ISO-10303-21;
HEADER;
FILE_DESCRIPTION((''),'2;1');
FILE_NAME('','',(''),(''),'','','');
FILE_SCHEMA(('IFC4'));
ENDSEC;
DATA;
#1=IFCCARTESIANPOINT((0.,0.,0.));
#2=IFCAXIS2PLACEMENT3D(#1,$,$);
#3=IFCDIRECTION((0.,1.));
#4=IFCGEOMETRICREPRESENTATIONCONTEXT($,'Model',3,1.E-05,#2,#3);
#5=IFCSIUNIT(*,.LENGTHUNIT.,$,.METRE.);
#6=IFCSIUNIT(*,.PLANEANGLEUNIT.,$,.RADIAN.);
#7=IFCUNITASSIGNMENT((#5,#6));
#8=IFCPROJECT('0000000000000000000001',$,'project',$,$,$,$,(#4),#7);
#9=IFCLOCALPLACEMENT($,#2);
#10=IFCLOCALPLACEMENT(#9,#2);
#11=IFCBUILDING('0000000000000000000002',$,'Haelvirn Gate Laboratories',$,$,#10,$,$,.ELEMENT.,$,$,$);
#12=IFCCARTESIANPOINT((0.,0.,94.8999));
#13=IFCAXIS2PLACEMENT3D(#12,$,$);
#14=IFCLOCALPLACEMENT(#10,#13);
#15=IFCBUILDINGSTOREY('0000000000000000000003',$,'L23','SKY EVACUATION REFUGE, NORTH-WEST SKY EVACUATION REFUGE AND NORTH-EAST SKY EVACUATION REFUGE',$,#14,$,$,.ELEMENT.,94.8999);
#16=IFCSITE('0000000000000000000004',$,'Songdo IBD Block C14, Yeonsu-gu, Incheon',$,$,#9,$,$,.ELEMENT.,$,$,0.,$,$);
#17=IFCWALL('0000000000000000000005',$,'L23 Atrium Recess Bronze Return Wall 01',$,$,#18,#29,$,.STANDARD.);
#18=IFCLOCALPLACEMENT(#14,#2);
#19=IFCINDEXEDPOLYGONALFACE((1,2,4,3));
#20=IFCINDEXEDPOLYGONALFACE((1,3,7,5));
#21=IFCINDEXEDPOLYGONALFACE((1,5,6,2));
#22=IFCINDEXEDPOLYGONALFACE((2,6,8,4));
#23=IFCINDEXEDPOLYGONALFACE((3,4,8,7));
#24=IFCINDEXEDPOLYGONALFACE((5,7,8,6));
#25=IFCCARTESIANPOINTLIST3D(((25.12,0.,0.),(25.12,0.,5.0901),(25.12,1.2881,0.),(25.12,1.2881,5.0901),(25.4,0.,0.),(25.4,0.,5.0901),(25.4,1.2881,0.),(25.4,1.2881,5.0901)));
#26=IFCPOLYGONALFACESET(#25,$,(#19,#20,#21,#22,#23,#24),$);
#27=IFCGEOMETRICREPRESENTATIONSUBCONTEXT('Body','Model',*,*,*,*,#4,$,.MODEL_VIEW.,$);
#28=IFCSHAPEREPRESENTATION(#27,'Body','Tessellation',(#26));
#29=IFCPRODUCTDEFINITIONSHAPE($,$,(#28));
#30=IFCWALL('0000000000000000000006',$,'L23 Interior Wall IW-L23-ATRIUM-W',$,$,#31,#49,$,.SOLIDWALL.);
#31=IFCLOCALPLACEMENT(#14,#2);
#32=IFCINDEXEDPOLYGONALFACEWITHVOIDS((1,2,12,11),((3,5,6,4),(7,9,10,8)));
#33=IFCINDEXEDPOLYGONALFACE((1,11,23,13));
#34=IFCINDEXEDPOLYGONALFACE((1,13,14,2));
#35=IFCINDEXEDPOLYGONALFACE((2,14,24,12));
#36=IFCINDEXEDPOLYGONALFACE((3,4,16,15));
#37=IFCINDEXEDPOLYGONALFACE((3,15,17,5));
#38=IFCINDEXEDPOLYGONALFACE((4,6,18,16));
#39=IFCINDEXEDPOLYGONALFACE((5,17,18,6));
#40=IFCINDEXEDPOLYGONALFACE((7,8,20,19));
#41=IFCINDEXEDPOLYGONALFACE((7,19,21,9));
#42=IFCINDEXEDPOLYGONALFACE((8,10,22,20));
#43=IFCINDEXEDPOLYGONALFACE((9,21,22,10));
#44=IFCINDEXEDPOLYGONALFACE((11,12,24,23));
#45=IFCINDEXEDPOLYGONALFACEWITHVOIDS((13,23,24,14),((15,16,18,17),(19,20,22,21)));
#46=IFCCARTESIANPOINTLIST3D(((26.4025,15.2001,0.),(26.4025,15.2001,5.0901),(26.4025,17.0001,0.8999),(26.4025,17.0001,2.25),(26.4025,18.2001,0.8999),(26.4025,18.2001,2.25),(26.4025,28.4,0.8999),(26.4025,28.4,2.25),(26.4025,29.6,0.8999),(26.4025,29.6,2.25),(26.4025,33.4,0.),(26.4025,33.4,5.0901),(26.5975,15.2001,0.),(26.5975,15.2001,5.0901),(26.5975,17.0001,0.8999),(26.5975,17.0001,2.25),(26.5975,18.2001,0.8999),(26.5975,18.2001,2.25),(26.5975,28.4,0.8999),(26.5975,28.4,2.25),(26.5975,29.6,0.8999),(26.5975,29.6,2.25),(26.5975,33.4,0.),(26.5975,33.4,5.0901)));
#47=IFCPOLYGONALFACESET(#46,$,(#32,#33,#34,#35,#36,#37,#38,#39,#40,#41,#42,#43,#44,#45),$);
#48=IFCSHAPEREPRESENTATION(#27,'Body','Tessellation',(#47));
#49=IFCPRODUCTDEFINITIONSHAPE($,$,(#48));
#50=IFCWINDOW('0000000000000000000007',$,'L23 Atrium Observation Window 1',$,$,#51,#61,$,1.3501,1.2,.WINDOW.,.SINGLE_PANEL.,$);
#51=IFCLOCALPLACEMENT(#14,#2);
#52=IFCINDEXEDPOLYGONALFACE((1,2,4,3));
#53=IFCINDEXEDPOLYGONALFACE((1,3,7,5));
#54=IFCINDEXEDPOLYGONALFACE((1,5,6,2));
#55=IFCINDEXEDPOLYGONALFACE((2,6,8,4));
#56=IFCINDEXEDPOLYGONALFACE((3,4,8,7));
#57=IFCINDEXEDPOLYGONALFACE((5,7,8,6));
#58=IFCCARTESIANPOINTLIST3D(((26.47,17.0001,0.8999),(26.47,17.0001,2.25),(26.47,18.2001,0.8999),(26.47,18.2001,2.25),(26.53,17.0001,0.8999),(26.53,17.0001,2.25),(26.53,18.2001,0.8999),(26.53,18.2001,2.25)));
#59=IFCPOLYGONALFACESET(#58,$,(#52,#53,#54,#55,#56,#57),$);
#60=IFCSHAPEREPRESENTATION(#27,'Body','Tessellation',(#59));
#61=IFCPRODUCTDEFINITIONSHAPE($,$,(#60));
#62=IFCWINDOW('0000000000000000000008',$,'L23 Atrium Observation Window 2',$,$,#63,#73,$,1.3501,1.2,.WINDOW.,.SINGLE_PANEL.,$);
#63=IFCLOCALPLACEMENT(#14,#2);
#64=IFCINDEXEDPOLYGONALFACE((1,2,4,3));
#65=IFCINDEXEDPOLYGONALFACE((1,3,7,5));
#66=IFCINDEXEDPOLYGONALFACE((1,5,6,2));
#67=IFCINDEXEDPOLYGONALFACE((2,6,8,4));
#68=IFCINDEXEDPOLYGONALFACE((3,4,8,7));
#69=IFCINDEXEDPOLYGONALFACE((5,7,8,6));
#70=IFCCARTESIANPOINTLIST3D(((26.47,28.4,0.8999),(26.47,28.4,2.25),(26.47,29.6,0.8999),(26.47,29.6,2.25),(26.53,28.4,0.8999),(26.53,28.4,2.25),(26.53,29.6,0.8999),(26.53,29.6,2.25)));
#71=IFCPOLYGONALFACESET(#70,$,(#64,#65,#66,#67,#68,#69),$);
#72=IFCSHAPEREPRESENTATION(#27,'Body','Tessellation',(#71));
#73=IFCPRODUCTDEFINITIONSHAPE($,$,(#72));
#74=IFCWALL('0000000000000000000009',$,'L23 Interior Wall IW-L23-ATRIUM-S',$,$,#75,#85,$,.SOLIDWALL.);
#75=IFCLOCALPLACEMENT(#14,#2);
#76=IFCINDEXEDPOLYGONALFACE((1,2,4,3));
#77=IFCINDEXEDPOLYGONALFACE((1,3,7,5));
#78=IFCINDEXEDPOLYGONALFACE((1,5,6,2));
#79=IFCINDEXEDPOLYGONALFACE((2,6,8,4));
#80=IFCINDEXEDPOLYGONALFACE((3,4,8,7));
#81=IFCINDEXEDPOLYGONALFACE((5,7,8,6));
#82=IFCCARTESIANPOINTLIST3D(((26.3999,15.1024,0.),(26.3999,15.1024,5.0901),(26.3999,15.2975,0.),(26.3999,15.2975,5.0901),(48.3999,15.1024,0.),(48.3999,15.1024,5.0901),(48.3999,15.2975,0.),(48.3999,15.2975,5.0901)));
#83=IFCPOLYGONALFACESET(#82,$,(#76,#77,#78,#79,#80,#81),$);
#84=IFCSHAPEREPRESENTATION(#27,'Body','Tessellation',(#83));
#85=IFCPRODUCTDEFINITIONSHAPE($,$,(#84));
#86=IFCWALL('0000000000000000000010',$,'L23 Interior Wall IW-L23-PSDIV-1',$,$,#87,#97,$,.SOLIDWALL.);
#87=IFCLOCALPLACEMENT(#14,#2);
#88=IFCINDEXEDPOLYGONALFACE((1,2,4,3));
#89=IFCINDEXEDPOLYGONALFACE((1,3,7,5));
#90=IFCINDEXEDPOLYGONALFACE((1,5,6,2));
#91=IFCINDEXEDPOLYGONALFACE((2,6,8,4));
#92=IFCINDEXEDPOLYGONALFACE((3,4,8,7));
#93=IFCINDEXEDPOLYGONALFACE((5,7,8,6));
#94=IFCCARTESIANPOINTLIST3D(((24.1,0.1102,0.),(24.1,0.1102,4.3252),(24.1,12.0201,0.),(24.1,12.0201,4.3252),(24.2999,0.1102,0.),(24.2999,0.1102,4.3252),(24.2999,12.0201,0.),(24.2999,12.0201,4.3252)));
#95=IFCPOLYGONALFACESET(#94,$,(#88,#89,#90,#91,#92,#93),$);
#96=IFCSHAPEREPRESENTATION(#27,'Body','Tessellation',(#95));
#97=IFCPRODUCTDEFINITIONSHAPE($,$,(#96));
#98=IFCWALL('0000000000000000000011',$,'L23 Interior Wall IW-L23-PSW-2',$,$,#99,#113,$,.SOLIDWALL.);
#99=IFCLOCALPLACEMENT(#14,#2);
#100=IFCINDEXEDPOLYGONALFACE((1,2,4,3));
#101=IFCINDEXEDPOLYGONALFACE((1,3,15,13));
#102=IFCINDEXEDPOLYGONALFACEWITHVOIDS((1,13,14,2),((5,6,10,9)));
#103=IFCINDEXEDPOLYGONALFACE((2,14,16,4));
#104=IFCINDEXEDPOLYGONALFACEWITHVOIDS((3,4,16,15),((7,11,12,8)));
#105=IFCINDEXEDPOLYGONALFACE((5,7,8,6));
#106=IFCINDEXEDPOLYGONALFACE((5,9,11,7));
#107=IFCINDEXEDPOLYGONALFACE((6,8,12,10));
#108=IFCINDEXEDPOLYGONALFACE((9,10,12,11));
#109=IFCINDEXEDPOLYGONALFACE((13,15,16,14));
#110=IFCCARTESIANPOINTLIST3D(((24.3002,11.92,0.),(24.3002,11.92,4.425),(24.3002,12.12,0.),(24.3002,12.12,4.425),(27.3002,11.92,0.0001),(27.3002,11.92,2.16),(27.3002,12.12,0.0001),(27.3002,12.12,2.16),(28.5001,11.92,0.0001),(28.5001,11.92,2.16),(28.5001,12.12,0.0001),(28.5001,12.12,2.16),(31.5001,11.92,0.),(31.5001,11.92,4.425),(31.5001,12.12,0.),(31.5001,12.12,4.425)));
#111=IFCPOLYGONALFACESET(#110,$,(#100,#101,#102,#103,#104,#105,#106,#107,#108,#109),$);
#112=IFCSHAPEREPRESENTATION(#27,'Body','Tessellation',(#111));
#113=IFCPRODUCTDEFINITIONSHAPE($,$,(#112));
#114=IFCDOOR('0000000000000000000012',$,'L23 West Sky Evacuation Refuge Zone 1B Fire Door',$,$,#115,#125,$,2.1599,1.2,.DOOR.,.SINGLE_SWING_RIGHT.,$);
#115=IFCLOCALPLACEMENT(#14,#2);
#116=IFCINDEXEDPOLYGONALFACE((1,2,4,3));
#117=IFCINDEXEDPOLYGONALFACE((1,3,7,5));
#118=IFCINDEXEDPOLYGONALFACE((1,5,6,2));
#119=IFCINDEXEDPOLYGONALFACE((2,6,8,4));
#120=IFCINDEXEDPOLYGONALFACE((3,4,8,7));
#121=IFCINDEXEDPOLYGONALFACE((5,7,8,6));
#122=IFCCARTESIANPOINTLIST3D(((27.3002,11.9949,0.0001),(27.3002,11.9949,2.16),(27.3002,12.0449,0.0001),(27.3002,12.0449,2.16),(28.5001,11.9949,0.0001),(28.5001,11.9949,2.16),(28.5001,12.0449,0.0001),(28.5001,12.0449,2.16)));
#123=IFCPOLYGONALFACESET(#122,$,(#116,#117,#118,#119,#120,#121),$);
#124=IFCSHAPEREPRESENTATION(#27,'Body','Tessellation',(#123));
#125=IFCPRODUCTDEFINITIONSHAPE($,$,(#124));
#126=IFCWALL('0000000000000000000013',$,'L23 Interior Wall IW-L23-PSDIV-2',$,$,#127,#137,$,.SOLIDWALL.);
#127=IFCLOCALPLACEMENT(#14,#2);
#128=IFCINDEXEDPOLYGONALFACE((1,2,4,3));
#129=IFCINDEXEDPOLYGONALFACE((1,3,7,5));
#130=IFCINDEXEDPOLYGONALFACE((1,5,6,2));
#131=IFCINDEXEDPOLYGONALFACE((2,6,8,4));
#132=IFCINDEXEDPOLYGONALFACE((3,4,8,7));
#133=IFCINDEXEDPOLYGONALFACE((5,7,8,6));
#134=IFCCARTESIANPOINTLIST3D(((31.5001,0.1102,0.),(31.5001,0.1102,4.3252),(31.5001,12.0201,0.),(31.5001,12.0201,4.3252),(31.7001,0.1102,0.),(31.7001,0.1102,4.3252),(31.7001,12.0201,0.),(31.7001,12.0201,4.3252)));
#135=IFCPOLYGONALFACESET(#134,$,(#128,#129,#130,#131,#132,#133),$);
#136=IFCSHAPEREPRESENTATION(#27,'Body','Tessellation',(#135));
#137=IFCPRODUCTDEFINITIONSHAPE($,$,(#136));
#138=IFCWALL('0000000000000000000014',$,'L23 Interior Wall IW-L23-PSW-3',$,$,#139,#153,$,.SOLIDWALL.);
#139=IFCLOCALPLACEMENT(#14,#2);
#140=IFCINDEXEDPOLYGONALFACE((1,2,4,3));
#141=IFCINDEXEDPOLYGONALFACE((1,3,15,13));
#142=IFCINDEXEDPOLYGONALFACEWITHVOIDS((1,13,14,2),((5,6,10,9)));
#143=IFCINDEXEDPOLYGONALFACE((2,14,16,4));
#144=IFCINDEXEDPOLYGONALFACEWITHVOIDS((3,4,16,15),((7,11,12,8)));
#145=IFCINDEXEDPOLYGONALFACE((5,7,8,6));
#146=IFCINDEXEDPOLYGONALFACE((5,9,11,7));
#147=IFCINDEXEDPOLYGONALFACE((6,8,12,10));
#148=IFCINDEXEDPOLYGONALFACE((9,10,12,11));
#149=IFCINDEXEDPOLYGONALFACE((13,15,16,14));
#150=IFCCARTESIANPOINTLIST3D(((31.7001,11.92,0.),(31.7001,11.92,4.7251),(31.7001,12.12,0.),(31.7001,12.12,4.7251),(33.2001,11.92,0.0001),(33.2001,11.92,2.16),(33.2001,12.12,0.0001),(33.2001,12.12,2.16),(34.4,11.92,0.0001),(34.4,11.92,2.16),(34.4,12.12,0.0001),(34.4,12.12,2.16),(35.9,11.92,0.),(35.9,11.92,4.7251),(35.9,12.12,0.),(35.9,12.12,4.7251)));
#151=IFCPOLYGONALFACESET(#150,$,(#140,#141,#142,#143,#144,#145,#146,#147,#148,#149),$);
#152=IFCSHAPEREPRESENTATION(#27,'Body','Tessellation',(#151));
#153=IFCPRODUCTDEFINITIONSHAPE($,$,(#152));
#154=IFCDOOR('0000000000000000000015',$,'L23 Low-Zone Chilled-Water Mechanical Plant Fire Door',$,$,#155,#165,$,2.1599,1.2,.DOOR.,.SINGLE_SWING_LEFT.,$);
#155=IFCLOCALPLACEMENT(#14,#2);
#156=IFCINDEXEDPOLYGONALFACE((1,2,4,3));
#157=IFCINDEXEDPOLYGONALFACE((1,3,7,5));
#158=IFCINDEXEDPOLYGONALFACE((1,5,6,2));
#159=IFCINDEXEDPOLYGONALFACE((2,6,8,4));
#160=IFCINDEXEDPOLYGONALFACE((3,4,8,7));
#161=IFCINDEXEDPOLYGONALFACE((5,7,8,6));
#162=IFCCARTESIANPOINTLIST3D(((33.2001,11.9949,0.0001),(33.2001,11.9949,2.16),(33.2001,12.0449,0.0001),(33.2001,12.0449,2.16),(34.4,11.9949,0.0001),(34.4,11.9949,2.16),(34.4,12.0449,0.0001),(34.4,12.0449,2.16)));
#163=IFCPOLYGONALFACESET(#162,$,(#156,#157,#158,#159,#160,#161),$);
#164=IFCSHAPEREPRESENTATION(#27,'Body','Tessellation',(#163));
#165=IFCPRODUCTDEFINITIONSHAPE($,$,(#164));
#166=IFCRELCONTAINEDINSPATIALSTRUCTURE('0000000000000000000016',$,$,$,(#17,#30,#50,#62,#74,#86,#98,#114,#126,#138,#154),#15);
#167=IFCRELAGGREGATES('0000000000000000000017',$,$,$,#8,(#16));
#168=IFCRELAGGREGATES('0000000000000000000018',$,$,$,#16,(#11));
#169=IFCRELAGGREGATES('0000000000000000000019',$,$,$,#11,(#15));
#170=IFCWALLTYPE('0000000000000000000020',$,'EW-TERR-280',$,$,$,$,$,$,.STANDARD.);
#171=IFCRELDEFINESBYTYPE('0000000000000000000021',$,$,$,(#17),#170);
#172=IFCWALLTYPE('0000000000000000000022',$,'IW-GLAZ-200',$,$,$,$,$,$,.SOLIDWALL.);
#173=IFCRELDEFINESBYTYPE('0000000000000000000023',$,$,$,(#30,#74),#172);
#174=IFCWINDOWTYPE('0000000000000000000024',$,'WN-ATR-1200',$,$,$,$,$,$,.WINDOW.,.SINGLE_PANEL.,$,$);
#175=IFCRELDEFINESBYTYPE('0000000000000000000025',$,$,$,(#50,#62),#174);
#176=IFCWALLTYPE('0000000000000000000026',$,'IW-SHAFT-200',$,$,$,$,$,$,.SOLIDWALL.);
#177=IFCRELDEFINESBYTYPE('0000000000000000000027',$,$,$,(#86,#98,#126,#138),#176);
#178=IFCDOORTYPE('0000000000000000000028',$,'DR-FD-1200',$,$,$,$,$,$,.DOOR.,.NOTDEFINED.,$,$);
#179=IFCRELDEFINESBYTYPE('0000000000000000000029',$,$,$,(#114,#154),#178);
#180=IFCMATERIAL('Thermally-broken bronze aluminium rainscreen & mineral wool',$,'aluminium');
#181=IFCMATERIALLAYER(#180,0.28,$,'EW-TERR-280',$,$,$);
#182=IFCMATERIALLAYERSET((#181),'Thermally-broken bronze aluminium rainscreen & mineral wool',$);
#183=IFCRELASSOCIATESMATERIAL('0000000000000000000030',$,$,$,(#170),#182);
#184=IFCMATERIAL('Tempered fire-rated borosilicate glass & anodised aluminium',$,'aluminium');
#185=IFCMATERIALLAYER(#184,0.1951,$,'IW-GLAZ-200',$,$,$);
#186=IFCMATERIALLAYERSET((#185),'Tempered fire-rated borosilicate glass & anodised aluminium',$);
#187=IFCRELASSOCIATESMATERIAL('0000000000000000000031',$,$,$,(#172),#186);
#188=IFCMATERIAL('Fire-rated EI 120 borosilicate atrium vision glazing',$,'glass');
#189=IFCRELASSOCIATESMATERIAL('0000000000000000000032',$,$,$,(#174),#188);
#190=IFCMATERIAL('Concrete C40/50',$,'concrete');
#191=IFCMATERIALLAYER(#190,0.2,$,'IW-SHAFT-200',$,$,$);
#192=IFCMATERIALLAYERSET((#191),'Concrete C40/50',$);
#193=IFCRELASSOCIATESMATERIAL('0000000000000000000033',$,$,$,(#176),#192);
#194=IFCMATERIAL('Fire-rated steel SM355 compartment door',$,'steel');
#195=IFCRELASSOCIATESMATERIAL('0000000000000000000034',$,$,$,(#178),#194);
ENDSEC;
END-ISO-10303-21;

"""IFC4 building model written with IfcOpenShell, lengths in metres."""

from ifc_helpers import new_model, si_unit, direction, frame, frame_2d, origin, place, context, subcontext, project, spatial, rectangle, extrude, source, transform, mapped, material, layer, layer_set, type_object, type_shapes, element, fill, save


model = new_model("IFC4")

# Units and contexts
model_context = context("Model", 3, precision=1e-05, world=origin(), true_north=direction((0.0, 1.0)))
body_context = subcontext(model_context, "Body", "Model", "MODEL_VIEW")
ifc_project = project(units=[si_unit("LENGTHUNIT", "METRE"), si_unit("PLANEANGLEUNIT", "RADIAN")], contexts=[model_context])

# Site, building, storey
site_placement = place(None, origin())
site = spatial("IfcSite", under=ifc_project, at=site_placement, Name="Songdo IBD Block C14, Yeonsu-gu, Incheon", CompositionType="ELEMENT", RefElevation=0.0)
building_placement = place(site_placement, origin())
building = spatial("IfcBuilding", under=site, at=building_placement, Name="Haelvirn Gate Laboratories", CompositionType="ELEMENT")
storey_placement = place(building_placement, frame((0.0, 0.0, 94.8999)))
storey = spatial("IfcBuildingStorey", under=building, at=storey_placement, Name="L23", Description="SKY EVACUATION REFUGE, NORTH-WEST SKY EVACUATION REFUGE AND NORTH-EAST SKY EVACUATION REFUGE", CompositionType="ELEMENT", Elevation=94.8999)

# Wall
ifc_material_1 = material(Name="Thermally-broken bronze aluminium rainscreen & mineral wool", Category="aluminium")
ifc_layer_1 = layer(ifc_material_1, 0.28, Name="EW-TERR-280")
ifc_layer_set_1 = layer_set([ifc_layer_1], Name="Thermally-broken bronze aluminium rainscreen & mineral wool")
wall_type_1 = type_object("IfcWallType", Name="EW-TERR-280", PredefinedType="STANDARD", material=ifc_layer_set_1)
wall_1_placement = place(storey_placement, frame((25.26, 0.0, 0.0), z_axis=(0.0, 0.0, 1.0), x_axis=(0.0, 1.0, 0.0)))
element("IfcWall", 1, at=wall_1_placement, inside=storey, type_object=wall_type_1, Name="L23 Atrium Recess Bronze Return Wall 01", PredefinedType="STANDARD", context=body_context, shape_type="SweptSolid", body=[
    extrude(rectangle(XDim=1.2881, YDim=0.28, at=frame_2d((0.644, 0.0))), origin(), (0.0, 0.0, 1.0), 5.0901),
])

# Wall, openings, windows
ifc_material_2 = material(Name="Tempered fire-rated borosilicate glass & anodised aluminium", Category="aluminium")
ifc_layer_2 = layer(ifc_material_2, 0.1951, Name="IW-GLAZ-200")
ifc_layer_set_2 = layer_set([ifc_layer_2], Name="Tempered fire-rated borosilicate glass & anodised aluminium")
wall_type_2 = type_object("IfcWallType", Name="IW-GLAZ-200", PredefinedType="SOLIDWALL", material=ifc_layer_set_2)
wall_2_placement = place(storey_placement, frame((26.5, 15.2, 0.0), z_axis=(0.0, 0.0, 1.0), x_axis=(0.0, 1.0, 0.0)))
wall_2 = element("IfcWall", 2, at=wall_2_placement, inside=storey, type_object=wall_type_2, Name="L23 Interior Wall IW-L23-ATRIUM-W", PredefinedType="SOLIDWALL", context=body_context, shape_type="SweptSolid", body=[
    extrude(rectangle(XDim=18.2, YDim=0.1951, at=frame_2d((9.1001, 0.0))), origin(), (0.0, 0.0, 1.0), 5.0901),
])
opening_1_placement = place(wall_2_placement, frame((1.8, 0.0, 0.8999)))
opening_1 = element("IfcOpeningElement", 3, at=opening_1_placement, cuts=wall_2, PredefinedType="OPENING", context=body_context, shape_type="SweptSolid", body=[
    extrude(rectangle(XDim=1.2, YDim=1.3501, at=frame_2d((0.6001, 0.675))), frame((0.0, 0.1074, 0.0), z_axis=(0.0, -1.0, 0.0), x_axis=(1.0, 0.0, 0.0)), (0.0, 0.0, 1.0), 0.2151),
])
opening_2_placement = place(wall_2_placement, frame((13.2, 0.0, 0.8999)))
opening_2 = element("IfcOpeningElement", 4, at=opening_2_placement, cuts=wall_2, PredefinedType="OPENING", context=body_context, shape_type="SweptSolid", body=[
    extrude(rectangle(XDim=1.2, YDim=1.3501, at=frame_2d((0.6001, 0.675))), frame((0.0, 0.1074, 0.0), z_axis=(0.0, -1.0, 0.0), x_axis=(1.0, 0.0, 0.0)), (0.0, 0.0, 1.0), 0.2151),
])
ifc_material_3 = material(Name="Fire-rated EI 120 borosilicate atrium vision glazing", Category="glass")
window_type = type_object("IfcWindowType", Name="WN-ATR-1200", PartitioningType="SINGLE_PANEL", PredefinedType="WINDOW", material=ifc_material_3)
shared_shape_1 = source(origin(), body_context, "Body", "SweptSolid", [
    extrude(rectangle(XDim=1.2, YDim=1.3501, at=frame_2d((0.6001, 0.675))), frame((0.0, 0.03, 0.0), z_axis=(0.0, -1.0, 0.0), x_axis=(1.0, 0.0, 0.0)), (0.0, 0.0, 1.0), 0.0601),
])
type_shapes(window_type, [shared_shape_1])
window_1_placement = place(opening_1_placement, origin())
window_1 = element("IfcWindow", 5, at=window_1_placement, inside=storey, type_object=window_type, Name="L23 Atrium Observation Window 1", OverallHeight=1.3501, OverallWidth=1.2, PartitioningType="SINGLE_PANEL", PredefinedType="WINDOW", context=body_context, shape_type="MappedRepresentation", body=[
    mapped(shared_shape_1, transform((0.0, 0.0, 0.0), scale=1.0)),
])
fill(opening_1, window_1)
window_2_placement = place(opening_2_placement, origin())
window_2 = element("IfcWindow", 6, at=window_2_placement, inside=storey, type_object=window_type, Name="L23 Atrium Observation Window 2", OverallHeight=1.3501, OverallWidth=1.2, PartitioningType="SINGLE_PANEL", PredefinedType="WINDOW", context=body_context, shape_type="MappedRepresentation", body=[
    mapped(shared_shape_1, transform((0.0, 0.0, 0.0), scale=1.0)),
])
fill(opening_2, window_2)

# Walls
wall_3_placement = place(storey_placement, frame((26.3999, 15.2, 0.0), z_axis=(0.0, 0.0, 1.0), x_axis=(1.0, 0.0, 0.0)))
element("IfcWall", 7, at=wall_3_placement, inside=storey, type_object=wall_type_2, Name="L23 Interior Wall IW-L23-ATRIUM-S", PredefinedType="SOLIDWALL", context=body_context, shape_type="SweptSolid", body=[
    extrude(rectangle(XDim=22.0, YDim=0.1951, at=frame_2d((11.0, 0.0))), origin(), (0.0, 0.0, 1.0), 5.0901),
])
ifc_material_4 = material(Name="Concrete C40/50", Category="concrete")
ifc_layer_3 = layer(ifc_material_4, 0.2, Name="IW-SHAFT-200")
ifc_layer_set_3 = layer_set([ifc_layer_3], Name="Concrete C40/50")
wall_type_3 = type_object("IfcWallType", Name="IW-SHAFT-200", PredefinedType="SOLIDWALL", material=ifc_layer_set_3)
wall_4_placement = place(storey_placement, frame((24.2, 0.1101, 0.0), z_axis=(0.0, 0.0, 1.0), x_axis=(0.0, 1.0, 0.0)))
element("IfcWall", 8, at=wall_4_placement, inside=storey, type_object=wall_type_3, Name="L23 Interior Wall IW-L23-PSDIV-1", PredefinedType="SOLIDWALL", context=body_context, shape_type="SweptSolid", body=[
    extrude(rectangle(XDim=11.9099, YDim=0.2, at=frame_2d((5.9551, 0.0))), origin(), (0.0, 0.0, 1.0), 4.3252),
])

# Wall, opening, door
wall_5_placement = place(storey_placement, frame((24.3, 12.02, 0.0), z_axis=(0.0, 0.0, 1.0), x_axis=(1.0, 0.0, 0.0)))
wall_5 = element("IfcWall", 9, at=wall_5_placement, inside=storey, type_object=wall_type_3, Name="L23 Interior Wall IW-L23-PSW-2", PredefinedType="SOLIDWALL", context=body_context, shape_type="SweptSolid", body=[
    extrude(rectangle(XDim=7.2, YDim=0.2, at=frame_2d((3.6001, 0.0))), origin(), (0.0, 0.0, 1.0), 4.425),
])
opening_3_placement = place(wall_5_placement, frame((3.0, 0.0, 0.0)))
opening_3 = element("IfcOpeningElement", 10, at=opening_3_placement, cuts=wall_5, PredefinedType="OPENING", context=body_context, shape_type="SweptSolid", body=[
    extrude(rectangle(XDim=1.2, YDim=2.1599, at=frame_2d((0.6001, 1.0801))), frame((0.0, 0.1099, 0.0), z_axis=(0.0, -1.0, 0.0), x_axis=(1.0, 0.0, 0.0)), (0.0, 0.0, 1.0), 0.22),
])
ifc_material_5 = material(Name="Fire-rated steel SM355 compartment door", Category="steel")
door_type = type_object("IfcDoorType", Name="DR-FD-1200", OperationType="NOTDEFINED", PredefinedType="DOOR", material=ifc_material_5)
shared_shape_2 = source(origin(), body_context, "Body", "SweptSolid", [
    extrude(rectangle(XDim=1.2, YDim=2.1599, at=frame_2d((0.6001, 1.0801))), frame((0.0, 0.0249, 0.0), z_axis=(0.0, -1.0, 0.0), x_axis=(1.0, 0.0, 0.0)), (0.0, 0.0, 1.0), 0.05),
])
type_shapes(door_type, [shared_shape_2])
door_1_placement = place(opening_3_placement, origin())
door_1 = element("IfcDoor", 11, at=door_1_placement, inside=storey, type_object=door_type, Name="L23 West Sky Evacuation Refuge Zone 1B Fire Door", OperationType="SINGLE_SWING_RIGHT", OverallHeight=2.1599, OverallWidth=1.2, PredefinedType="DOOR", context=body_context, shape_type="MappedRepresentation", body=[
    mapped(shared_shape_2, transform((0.0, 0.0, 0.0), scale=1.0)),
])
fill(opening_3, door_1)

# Wall
wall_6_placement = place(storey_placement, frame((31.6001, 0.1101, 0.0), z_axis=(0.0, 0.0, 1.0), x_axis=(0.0, 1.0, 0.0)))
element("IfcWall", 12, at=wall_6_placement, inside=storey, type_object=wall_type_3, Name="L23 Interior Wall IW-L23-PSDIV-2", PredefinedType="SOLIDWALL", context=body_context, shape_type="SweptSolid", body=[
    extrude(rectangle(XDim=11.9099, YDim=0.2, at=frame_2d((5.9551, 0.0))), origin(), (0.0, 0.0, 1.0), 4.3252),
])

# Wall, opening, door
wall_7_placement = place(storey_placement, frame((31.7, 12.02, 0.0), z_axis=(0.0, 0.0, 1.0), x_axis=(1.0, 0.0, 0.0)))
wall_7 = element("IfcWall", 13, at=wall_7_placement, inside=storey, type_object=wall_type_3, Name="L23 Interior Wall IW-L23-PSW-3", PredefinedType="SOLIDWALL", context=body_context, shape_type="SweptSolid", body=[
    extrude(rectangle(XDim=4.2, YDim=0.2, at=frame_2d((2.1001, 0.0))), origin(), (0.0, 0.0, 1.0), 4.7251),
])
opening_4_placement = place(wall_7_placement, frame((1.5, 0.0, 0.0)))
opening_4 = element("IfcOpeningElement", 14, at=opening_4_placement, cuts=wall_7, PredefinedType="OPENING", context=body_context, shape_type="SweptSolid", body=[
    extrude(rectangle(XDim=1.2, YDim=2.1599, at=frame_2d((0.6001, 1.0801))), frame((0.0, 0.1099, 0.0), z_axis=(0.0, -1.0, 0.0), x_axis=(1.0, 0.0, 0.0)), (0.0, 0.0, 1.0), 0.22),
])
door_2_placement = place(opening_4_placement, origin())
door_2 = element("IfcDoor", 15, at=door_2_placement, inside=storey, type_object=door_type, Name="L23 Low-Zone Chilled-Water Mechanical Plant Fire Door", OperationType="SINGLE_SWING_LEFT", OverallHeight=2.1599, OverallWidth=1.2, PredefinedType="DOOR", context=body_context, shape_type="MappedRepresentation", body=[
    mapped(shared_shape_2, transform((0.0, 0.0, 0.0), scale=1.0)),
])
fill(opening_4, door_2)

save(model, "model.ifc")
